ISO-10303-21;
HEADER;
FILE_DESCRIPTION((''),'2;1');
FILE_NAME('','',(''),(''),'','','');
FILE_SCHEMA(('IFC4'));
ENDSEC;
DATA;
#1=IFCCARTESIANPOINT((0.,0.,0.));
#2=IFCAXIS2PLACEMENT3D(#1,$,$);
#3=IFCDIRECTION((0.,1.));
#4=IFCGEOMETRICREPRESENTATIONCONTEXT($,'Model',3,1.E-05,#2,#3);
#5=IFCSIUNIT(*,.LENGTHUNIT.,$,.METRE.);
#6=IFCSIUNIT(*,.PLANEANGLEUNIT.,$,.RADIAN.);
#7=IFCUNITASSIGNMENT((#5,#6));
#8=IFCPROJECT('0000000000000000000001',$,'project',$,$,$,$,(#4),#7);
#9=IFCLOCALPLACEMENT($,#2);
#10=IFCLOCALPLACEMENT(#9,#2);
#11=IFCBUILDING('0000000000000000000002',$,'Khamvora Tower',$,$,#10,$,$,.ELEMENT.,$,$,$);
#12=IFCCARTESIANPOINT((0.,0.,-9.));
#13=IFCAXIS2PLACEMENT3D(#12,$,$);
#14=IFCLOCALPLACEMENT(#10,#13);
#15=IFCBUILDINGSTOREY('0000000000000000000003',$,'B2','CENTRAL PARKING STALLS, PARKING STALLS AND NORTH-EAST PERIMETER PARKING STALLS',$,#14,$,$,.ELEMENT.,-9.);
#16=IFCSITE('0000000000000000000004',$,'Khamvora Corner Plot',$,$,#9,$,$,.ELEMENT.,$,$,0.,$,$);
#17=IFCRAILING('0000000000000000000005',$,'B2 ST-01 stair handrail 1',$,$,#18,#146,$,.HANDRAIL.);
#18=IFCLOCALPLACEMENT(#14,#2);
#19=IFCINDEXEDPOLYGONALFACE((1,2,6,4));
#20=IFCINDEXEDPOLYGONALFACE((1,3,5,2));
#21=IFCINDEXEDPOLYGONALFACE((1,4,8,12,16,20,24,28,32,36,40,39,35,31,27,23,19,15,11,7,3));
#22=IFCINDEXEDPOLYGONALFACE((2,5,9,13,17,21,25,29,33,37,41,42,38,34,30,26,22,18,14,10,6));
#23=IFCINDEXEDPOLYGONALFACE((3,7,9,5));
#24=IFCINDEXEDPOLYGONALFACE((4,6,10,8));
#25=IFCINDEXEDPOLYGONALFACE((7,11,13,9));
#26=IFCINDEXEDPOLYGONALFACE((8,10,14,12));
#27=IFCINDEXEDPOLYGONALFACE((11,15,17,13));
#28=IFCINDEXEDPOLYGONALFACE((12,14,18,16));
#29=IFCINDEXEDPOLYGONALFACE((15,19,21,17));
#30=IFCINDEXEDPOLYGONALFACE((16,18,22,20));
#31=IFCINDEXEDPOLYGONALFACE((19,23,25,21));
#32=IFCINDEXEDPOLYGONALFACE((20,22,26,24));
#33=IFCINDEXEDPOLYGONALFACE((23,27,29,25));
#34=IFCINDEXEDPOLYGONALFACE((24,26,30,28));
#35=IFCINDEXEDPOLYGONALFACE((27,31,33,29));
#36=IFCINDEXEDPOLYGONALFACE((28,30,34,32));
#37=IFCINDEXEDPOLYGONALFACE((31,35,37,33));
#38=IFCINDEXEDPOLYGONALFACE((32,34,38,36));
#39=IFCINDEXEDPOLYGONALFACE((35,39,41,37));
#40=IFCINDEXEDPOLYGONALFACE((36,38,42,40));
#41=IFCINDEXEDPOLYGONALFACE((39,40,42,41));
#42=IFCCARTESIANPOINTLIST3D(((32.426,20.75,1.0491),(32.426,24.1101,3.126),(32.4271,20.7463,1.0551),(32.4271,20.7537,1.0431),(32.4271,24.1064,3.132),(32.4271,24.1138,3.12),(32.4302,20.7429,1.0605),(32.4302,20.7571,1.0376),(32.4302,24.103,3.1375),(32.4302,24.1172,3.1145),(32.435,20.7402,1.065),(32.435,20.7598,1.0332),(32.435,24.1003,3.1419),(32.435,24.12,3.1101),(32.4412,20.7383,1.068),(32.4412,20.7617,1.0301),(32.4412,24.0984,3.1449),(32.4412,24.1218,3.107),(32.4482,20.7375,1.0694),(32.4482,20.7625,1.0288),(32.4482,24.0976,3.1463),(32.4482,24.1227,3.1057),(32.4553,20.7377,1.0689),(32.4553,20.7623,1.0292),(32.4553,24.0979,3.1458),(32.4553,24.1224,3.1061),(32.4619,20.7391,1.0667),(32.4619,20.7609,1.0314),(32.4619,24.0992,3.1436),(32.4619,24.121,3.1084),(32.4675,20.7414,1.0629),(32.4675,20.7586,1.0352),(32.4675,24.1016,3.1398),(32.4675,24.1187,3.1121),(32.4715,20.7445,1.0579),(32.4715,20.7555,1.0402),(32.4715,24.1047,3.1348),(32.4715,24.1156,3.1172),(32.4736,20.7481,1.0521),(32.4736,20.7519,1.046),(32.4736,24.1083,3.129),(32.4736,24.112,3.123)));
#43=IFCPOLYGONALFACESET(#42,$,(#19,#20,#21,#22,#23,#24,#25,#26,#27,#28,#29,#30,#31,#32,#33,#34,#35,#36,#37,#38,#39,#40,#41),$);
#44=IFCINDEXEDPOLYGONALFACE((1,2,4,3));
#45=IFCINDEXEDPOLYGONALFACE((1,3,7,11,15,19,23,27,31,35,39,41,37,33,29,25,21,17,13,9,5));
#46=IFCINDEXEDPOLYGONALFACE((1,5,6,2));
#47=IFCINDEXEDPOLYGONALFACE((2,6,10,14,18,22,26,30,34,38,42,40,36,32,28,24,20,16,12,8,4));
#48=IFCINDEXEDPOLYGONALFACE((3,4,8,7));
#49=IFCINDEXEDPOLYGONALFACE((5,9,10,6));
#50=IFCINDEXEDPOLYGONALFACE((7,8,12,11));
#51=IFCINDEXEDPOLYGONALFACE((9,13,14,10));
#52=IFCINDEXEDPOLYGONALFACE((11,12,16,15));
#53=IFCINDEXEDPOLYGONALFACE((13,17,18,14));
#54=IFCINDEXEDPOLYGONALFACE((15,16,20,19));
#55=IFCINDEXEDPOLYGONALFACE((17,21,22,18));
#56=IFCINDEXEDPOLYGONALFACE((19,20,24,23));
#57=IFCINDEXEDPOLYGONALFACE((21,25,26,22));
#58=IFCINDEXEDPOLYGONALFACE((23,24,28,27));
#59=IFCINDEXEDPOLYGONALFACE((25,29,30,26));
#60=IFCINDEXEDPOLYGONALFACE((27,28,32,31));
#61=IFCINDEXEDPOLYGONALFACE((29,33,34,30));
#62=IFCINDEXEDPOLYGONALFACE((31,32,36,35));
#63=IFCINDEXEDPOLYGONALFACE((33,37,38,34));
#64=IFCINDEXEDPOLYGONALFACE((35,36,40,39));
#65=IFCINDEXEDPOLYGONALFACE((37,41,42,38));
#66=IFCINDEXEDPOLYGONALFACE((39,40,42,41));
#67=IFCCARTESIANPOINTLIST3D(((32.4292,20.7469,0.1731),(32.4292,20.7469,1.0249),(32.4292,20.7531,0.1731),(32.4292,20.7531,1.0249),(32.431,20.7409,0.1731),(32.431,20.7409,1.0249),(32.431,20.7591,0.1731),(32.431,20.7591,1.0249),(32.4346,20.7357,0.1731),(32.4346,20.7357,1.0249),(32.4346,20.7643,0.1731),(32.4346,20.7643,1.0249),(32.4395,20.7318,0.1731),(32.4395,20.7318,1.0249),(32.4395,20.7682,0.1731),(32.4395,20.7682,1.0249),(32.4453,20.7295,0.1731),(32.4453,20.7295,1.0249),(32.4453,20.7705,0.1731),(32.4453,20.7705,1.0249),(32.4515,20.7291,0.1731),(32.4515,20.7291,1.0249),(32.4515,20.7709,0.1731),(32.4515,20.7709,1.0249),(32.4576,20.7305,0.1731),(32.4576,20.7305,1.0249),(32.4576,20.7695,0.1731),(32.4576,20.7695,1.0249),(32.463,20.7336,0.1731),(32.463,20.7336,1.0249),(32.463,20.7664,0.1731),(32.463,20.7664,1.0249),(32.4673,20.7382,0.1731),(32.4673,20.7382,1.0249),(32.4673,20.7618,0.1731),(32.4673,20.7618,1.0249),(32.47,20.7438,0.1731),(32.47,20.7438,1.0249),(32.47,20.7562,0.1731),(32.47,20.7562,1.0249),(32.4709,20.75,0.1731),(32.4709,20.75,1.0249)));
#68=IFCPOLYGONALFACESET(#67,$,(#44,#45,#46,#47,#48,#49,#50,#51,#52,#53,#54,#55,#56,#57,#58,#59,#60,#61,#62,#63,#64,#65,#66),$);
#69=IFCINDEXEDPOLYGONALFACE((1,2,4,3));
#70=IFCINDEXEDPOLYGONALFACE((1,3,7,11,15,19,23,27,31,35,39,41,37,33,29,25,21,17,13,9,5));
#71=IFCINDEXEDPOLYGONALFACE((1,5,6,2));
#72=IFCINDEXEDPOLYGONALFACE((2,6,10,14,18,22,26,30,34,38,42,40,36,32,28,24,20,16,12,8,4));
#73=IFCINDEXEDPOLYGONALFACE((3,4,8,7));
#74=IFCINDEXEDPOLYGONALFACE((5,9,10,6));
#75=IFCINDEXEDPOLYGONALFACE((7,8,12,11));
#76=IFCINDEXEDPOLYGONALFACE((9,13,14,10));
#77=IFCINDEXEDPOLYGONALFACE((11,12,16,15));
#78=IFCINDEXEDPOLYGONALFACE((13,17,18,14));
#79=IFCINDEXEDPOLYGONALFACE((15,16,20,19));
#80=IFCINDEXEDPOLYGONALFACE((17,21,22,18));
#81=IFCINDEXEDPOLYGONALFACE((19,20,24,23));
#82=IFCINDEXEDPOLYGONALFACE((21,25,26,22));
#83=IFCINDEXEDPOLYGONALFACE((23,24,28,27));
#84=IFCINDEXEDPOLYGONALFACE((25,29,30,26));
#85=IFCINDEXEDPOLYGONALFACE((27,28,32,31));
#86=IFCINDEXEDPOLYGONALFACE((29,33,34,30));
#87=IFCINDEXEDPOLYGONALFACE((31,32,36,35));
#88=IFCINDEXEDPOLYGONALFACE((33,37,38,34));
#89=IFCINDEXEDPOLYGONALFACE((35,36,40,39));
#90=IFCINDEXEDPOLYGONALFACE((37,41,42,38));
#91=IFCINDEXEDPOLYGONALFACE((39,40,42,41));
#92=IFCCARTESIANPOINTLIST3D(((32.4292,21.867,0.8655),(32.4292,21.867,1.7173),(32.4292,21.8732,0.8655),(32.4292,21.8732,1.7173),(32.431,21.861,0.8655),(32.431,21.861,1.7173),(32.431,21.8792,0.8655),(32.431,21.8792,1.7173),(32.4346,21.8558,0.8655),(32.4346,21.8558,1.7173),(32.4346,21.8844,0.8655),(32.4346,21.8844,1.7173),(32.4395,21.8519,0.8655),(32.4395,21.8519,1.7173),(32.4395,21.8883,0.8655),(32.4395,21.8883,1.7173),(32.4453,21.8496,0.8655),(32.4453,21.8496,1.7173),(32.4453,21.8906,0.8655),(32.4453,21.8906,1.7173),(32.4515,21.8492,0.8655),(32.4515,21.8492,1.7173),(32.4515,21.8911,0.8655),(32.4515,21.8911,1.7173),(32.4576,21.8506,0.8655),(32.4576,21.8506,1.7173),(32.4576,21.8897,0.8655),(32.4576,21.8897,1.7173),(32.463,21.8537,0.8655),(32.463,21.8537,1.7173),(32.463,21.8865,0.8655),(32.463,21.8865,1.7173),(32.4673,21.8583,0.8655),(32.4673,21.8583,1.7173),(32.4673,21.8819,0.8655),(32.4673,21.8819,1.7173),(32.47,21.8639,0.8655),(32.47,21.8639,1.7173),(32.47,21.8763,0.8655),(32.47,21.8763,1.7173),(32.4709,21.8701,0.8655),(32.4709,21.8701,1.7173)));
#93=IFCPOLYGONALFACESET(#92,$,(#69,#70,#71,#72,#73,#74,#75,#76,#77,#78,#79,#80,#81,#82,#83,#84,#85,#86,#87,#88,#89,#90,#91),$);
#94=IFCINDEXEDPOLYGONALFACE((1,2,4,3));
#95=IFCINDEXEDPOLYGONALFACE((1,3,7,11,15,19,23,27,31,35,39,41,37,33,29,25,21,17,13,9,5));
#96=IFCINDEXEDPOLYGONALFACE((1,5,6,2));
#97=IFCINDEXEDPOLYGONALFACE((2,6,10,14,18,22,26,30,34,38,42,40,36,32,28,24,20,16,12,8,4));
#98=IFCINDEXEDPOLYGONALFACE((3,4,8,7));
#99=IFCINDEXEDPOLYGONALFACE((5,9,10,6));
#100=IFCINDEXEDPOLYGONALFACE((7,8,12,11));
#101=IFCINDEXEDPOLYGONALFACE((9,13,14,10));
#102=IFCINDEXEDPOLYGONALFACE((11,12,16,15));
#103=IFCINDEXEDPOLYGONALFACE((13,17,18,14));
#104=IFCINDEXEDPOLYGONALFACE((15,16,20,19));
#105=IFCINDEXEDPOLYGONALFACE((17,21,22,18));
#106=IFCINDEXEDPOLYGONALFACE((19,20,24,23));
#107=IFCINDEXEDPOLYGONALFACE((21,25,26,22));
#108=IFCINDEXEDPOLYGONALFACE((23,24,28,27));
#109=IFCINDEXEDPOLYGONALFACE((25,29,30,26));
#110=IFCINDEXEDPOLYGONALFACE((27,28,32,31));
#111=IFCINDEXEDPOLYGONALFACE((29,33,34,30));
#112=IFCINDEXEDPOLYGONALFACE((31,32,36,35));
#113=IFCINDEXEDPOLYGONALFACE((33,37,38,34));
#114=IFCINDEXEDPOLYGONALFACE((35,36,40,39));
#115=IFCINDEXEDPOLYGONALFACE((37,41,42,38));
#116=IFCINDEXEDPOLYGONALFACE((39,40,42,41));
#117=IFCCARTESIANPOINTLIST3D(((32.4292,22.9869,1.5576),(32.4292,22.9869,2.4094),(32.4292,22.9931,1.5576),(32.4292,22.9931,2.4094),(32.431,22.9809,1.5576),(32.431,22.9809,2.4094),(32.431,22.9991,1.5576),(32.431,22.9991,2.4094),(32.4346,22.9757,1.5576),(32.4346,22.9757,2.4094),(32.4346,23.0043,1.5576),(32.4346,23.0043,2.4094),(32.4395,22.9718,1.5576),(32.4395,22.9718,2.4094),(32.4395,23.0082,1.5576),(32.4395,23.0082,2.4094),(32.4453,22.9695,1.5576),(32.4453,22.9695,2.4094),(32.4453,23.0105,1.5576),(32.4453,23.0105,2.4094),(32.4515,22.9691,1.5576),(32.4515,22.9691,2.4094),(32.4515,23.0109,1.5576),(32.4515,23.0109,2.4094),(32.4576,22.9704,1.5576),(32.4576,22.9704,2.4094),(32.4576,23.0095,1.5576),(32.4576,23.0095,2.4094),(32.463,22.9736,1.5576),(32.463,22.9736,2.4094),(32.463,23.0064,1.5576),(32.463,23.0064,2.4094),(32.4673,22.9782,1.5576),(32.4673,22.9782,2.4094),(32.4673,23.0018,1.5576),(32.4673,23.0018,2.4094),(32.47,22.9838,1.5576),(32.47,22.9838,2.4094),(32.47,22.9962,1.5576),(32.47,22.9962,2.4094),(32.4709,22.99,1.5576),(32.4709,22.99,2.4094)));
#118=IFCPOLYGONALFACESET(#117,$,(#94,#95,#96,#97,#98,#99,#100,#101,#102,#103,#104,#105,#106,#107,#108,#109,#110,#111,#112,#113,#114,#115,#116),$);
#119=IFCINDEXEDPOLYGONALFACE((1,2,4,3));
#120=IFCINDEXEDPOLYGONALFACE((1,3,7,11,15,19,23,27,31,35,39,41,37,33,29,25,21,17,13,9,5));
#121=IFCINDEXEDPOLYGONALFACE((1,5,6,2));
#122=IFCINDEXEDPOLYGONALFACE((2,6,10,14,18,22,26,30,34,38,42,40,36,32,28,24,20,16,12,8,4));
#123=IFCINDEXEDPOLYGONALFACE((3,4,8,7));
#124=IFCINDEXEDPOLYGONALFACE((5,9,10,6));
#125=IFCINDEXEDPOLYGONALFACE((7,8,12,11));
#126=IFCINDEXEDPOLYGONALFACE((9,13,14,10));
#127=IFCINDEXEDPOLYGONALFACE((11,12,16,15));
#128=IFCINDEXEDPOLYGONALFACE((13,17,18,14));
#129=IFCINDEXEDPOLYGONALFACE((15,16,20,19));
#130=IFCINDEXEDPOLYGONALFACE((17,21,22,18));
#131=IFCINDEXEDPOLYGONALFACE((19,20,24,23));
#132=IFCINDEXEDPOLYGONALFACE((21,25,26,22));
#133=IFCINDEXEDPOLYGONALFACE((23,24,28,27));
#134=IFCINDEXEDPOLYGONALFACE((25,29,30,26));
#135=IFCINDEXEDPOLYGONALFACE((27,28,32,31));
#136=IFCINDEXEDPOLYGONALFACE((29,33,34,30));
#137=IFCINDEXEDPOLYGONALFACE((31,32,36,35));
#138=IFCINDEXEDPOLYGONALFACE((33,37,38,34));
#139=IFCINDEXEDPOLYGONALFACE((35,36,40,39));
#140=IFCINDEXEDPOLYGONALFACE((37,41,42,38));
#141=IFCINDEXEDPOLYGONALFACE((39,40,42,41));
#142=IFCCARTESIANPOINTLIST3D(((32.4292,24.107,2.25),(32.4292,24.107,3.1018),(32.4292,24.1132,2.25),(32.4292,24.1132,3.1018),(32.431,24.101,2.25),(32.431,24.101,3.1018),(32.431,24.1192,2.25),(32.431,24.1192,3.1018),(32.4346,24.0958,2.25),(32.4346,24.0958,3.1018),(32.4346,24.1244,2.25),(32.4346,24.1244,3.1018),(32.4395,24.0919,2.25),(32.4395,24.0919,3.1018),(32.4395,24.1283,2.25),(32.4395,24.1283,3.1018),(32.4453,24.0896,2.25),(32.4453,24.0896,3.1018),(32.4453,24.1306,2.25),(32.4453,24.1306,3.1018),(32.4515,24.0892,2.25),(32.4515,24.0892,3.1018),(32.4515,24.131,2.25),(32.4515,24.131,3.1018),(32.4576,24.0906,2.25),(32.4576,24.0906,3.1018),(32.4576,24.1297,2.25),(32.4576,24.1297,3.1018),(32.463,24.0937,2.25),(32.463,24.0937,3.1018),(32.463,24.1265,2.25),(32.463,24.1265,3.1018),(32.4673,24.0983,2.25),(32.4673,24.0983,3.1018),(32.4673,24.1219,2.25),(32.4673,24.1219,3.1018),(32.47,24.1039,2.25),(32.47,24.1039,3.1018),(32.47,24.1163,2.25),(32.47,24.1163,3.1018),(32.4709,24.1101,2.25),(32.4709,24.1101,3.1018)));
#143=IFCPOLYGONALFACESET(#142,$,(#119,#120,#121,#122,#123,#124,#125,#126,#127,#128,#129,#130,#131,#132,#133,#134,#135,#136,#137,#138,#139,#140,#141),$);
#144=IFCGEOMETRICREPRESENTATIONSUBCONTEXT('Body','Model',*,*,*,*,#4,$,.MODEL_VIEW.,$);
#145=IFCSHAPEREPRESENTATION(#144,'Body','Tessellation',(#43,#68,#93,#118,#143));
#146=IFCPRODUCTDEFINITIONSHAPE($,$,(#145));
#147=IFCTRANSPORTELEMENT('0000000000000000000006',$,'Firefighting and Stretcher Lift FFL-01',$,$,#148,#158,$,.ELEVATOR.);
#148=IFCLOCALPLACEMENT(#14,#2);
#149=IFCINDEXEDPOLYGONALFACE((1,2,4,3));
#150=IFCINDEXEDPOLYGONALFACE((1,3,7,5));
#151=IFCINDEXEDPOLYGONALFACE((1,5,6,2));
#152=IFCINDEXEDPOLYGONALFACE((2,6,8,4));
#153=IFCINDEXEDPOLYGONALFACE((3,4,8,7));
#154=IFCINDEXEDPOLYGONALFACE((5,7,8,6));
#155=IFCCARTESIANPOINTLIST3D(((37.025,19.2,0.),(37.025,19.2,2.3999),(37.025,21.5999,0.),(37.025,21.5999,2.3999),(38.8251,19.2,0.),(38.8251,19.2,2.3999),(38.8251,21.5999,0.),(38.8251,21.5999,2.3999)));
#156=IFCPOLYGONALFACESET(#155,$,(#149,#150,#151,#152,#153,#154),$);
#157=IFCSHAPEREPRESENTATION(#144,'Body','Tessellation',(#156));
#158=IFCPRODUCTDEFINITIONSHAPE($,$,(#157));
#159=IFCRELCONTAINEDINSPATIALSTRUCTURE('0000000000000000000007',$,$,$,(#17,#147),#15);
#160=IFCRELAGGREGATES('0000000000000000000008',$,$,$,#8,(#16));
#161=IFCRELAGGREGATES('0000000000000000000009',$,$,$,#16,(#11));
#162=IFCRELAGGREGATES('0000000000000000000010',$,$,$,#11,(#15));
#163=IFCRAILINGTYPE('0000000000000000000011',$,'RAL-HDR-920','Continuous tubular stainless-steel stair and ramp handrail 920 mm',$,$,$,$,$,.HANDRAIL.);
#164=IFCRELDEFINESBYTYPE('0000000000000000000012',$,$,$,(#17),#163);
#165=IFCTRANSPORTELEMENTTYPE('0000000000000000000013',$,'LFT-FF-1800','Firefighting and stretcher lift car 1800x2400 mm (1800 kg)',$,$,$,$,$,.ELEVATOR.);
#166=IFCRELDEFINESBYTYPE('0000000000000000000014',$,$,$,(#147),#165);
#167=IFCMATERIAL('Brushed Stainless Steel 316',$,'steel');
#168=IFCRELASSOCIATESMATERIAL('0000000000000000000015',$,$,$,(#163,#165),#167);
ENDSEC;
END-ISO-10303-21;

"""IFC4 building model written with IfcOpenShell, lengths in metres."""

from ifc_helpers import new_model, si_unit, direction, frame, origin, origin_2d, place, context, subcontext, project, spatial, rectangle, circle, extrude, material, type_object, element, save


model = new_model("IFC4")

# Units and contexts
model_context = context("Model", 3, precision=1e-05, world=origin(), true_north=direction((0.0, 1.0)))
body_context = subcontext(model_context, "Body", "Model", "MODEL_VIEW")
ifc_project = project(units=[si_unit("LENGTHUNIT", "METRE"), si_unit("PLANEANGLEUNIT", "RADIAN")], contexts=[model_context])

# Site, building, storey
site_placement = place(None, origin())
site = spatial("IfcSite", under=ifc_project, at=site_placement, Name="Khamvora Corner Plot", CompositionType="ELEMENT", RefElevation=0.0)
building_placement = place(site_placement, origin())
building = spatial("IfcBuilding", under=site, at=building_placement, Name="Khamvora Tower", CompositionType="ELEMENT")
storey_placement = place(building_placement, frame((0.0, 0.0, -9.0)))
storey = spatial("IfcBuildingStorey", under=building, at=storey_placement, Name="B2", Description="CENTRAL PARKING STALLS, PARKING STALLS AND NORTH-EAST PERIMETER PARKING STALLS", CompositionType="ELEMENT", Elevation=-9.0)

# Railing
ifc_material_1 = material(Name="Brushed Stainless Steel 316", Category="steel")
railing_type = type_object("IfcRailingType", Name="RAL-HDR-920", Description="Continuous tubular stainless-steel stair and ramp handrail 920 mm", PredefinedType="HANDRAIL", material=ifc_material_1)
railing_placement = place(storey_placement, frame((32.45, 20.75, 0.1731)))
element("IfcRailing", 1, at=railing_placement, inside=storey, type_object=railing_type, Name="B2 ST-01 stair handrail 1", PredefinedType="HANDRAIL", context=body_context, shape_type="SweptSolid", body=[
    extrude(circle(Radius=0.0239, at=origin_2d()), frame((0.0, 0.0, 0.876), z_axis=(0.0, 0.850623, 0.525776), x_axis=(-1.0, 0.0, 0.0)), (0.0, 0.0, 1.0), 3.9502),
    extrude(circle(Radius=0.021, at=origin_2d()), origin(), (0.0, 0.0, 1.0), 0.8518),
    extrude(circle(Radius=0.021, at=origin_2d()), frame((0.0, 1.1201, 0.6924)), (0.0, 0.0, 1.0), 0.8518),
    extrude(circle(Radius=0.021, at=origin_2d()), frame((0.0, 2.24, 1.3845)), (0.0, 0.0, 1.0), 0.8518),
    extrude(circle(Radius=0.021, at=origin_2d()), frame((0.0, 3.3601, 2.0769)), (0.0, 0.0, 1.0), 0.8518),
])

# Transport element
transport_element_type = type_object("IfcTransportElementType", Name="LFT-FF-1800", Description="Firefighting and stretcher lift car 1800x2400 mm (1800 kg)", PredefinedType="ELEVATOR", material=ifc_material_1)
transport_element_placement = place(storey_placement, frame((37.925, 20.3999, 0.0), z_axis=(0.0, 0.0, 1.0), x_axis=(1.0, 0.0, 0.0)))
element("IfcTransportElement", 2, at=transport_element_placement, inside=storey, type_object=transport_element_type, Name="Firefighting and Stretcher Lift FFL-01", PredefinedType="ELEVATOR", context=body_context, shape_type="SweptSolid", body=[
    extrude(rectangle(XDim=1.8, YDim=2.3999, at=origin_2d()), origin(), (0.0, 0.0, 1.0), 2.3999),
])

save(model, "model.ifc")
